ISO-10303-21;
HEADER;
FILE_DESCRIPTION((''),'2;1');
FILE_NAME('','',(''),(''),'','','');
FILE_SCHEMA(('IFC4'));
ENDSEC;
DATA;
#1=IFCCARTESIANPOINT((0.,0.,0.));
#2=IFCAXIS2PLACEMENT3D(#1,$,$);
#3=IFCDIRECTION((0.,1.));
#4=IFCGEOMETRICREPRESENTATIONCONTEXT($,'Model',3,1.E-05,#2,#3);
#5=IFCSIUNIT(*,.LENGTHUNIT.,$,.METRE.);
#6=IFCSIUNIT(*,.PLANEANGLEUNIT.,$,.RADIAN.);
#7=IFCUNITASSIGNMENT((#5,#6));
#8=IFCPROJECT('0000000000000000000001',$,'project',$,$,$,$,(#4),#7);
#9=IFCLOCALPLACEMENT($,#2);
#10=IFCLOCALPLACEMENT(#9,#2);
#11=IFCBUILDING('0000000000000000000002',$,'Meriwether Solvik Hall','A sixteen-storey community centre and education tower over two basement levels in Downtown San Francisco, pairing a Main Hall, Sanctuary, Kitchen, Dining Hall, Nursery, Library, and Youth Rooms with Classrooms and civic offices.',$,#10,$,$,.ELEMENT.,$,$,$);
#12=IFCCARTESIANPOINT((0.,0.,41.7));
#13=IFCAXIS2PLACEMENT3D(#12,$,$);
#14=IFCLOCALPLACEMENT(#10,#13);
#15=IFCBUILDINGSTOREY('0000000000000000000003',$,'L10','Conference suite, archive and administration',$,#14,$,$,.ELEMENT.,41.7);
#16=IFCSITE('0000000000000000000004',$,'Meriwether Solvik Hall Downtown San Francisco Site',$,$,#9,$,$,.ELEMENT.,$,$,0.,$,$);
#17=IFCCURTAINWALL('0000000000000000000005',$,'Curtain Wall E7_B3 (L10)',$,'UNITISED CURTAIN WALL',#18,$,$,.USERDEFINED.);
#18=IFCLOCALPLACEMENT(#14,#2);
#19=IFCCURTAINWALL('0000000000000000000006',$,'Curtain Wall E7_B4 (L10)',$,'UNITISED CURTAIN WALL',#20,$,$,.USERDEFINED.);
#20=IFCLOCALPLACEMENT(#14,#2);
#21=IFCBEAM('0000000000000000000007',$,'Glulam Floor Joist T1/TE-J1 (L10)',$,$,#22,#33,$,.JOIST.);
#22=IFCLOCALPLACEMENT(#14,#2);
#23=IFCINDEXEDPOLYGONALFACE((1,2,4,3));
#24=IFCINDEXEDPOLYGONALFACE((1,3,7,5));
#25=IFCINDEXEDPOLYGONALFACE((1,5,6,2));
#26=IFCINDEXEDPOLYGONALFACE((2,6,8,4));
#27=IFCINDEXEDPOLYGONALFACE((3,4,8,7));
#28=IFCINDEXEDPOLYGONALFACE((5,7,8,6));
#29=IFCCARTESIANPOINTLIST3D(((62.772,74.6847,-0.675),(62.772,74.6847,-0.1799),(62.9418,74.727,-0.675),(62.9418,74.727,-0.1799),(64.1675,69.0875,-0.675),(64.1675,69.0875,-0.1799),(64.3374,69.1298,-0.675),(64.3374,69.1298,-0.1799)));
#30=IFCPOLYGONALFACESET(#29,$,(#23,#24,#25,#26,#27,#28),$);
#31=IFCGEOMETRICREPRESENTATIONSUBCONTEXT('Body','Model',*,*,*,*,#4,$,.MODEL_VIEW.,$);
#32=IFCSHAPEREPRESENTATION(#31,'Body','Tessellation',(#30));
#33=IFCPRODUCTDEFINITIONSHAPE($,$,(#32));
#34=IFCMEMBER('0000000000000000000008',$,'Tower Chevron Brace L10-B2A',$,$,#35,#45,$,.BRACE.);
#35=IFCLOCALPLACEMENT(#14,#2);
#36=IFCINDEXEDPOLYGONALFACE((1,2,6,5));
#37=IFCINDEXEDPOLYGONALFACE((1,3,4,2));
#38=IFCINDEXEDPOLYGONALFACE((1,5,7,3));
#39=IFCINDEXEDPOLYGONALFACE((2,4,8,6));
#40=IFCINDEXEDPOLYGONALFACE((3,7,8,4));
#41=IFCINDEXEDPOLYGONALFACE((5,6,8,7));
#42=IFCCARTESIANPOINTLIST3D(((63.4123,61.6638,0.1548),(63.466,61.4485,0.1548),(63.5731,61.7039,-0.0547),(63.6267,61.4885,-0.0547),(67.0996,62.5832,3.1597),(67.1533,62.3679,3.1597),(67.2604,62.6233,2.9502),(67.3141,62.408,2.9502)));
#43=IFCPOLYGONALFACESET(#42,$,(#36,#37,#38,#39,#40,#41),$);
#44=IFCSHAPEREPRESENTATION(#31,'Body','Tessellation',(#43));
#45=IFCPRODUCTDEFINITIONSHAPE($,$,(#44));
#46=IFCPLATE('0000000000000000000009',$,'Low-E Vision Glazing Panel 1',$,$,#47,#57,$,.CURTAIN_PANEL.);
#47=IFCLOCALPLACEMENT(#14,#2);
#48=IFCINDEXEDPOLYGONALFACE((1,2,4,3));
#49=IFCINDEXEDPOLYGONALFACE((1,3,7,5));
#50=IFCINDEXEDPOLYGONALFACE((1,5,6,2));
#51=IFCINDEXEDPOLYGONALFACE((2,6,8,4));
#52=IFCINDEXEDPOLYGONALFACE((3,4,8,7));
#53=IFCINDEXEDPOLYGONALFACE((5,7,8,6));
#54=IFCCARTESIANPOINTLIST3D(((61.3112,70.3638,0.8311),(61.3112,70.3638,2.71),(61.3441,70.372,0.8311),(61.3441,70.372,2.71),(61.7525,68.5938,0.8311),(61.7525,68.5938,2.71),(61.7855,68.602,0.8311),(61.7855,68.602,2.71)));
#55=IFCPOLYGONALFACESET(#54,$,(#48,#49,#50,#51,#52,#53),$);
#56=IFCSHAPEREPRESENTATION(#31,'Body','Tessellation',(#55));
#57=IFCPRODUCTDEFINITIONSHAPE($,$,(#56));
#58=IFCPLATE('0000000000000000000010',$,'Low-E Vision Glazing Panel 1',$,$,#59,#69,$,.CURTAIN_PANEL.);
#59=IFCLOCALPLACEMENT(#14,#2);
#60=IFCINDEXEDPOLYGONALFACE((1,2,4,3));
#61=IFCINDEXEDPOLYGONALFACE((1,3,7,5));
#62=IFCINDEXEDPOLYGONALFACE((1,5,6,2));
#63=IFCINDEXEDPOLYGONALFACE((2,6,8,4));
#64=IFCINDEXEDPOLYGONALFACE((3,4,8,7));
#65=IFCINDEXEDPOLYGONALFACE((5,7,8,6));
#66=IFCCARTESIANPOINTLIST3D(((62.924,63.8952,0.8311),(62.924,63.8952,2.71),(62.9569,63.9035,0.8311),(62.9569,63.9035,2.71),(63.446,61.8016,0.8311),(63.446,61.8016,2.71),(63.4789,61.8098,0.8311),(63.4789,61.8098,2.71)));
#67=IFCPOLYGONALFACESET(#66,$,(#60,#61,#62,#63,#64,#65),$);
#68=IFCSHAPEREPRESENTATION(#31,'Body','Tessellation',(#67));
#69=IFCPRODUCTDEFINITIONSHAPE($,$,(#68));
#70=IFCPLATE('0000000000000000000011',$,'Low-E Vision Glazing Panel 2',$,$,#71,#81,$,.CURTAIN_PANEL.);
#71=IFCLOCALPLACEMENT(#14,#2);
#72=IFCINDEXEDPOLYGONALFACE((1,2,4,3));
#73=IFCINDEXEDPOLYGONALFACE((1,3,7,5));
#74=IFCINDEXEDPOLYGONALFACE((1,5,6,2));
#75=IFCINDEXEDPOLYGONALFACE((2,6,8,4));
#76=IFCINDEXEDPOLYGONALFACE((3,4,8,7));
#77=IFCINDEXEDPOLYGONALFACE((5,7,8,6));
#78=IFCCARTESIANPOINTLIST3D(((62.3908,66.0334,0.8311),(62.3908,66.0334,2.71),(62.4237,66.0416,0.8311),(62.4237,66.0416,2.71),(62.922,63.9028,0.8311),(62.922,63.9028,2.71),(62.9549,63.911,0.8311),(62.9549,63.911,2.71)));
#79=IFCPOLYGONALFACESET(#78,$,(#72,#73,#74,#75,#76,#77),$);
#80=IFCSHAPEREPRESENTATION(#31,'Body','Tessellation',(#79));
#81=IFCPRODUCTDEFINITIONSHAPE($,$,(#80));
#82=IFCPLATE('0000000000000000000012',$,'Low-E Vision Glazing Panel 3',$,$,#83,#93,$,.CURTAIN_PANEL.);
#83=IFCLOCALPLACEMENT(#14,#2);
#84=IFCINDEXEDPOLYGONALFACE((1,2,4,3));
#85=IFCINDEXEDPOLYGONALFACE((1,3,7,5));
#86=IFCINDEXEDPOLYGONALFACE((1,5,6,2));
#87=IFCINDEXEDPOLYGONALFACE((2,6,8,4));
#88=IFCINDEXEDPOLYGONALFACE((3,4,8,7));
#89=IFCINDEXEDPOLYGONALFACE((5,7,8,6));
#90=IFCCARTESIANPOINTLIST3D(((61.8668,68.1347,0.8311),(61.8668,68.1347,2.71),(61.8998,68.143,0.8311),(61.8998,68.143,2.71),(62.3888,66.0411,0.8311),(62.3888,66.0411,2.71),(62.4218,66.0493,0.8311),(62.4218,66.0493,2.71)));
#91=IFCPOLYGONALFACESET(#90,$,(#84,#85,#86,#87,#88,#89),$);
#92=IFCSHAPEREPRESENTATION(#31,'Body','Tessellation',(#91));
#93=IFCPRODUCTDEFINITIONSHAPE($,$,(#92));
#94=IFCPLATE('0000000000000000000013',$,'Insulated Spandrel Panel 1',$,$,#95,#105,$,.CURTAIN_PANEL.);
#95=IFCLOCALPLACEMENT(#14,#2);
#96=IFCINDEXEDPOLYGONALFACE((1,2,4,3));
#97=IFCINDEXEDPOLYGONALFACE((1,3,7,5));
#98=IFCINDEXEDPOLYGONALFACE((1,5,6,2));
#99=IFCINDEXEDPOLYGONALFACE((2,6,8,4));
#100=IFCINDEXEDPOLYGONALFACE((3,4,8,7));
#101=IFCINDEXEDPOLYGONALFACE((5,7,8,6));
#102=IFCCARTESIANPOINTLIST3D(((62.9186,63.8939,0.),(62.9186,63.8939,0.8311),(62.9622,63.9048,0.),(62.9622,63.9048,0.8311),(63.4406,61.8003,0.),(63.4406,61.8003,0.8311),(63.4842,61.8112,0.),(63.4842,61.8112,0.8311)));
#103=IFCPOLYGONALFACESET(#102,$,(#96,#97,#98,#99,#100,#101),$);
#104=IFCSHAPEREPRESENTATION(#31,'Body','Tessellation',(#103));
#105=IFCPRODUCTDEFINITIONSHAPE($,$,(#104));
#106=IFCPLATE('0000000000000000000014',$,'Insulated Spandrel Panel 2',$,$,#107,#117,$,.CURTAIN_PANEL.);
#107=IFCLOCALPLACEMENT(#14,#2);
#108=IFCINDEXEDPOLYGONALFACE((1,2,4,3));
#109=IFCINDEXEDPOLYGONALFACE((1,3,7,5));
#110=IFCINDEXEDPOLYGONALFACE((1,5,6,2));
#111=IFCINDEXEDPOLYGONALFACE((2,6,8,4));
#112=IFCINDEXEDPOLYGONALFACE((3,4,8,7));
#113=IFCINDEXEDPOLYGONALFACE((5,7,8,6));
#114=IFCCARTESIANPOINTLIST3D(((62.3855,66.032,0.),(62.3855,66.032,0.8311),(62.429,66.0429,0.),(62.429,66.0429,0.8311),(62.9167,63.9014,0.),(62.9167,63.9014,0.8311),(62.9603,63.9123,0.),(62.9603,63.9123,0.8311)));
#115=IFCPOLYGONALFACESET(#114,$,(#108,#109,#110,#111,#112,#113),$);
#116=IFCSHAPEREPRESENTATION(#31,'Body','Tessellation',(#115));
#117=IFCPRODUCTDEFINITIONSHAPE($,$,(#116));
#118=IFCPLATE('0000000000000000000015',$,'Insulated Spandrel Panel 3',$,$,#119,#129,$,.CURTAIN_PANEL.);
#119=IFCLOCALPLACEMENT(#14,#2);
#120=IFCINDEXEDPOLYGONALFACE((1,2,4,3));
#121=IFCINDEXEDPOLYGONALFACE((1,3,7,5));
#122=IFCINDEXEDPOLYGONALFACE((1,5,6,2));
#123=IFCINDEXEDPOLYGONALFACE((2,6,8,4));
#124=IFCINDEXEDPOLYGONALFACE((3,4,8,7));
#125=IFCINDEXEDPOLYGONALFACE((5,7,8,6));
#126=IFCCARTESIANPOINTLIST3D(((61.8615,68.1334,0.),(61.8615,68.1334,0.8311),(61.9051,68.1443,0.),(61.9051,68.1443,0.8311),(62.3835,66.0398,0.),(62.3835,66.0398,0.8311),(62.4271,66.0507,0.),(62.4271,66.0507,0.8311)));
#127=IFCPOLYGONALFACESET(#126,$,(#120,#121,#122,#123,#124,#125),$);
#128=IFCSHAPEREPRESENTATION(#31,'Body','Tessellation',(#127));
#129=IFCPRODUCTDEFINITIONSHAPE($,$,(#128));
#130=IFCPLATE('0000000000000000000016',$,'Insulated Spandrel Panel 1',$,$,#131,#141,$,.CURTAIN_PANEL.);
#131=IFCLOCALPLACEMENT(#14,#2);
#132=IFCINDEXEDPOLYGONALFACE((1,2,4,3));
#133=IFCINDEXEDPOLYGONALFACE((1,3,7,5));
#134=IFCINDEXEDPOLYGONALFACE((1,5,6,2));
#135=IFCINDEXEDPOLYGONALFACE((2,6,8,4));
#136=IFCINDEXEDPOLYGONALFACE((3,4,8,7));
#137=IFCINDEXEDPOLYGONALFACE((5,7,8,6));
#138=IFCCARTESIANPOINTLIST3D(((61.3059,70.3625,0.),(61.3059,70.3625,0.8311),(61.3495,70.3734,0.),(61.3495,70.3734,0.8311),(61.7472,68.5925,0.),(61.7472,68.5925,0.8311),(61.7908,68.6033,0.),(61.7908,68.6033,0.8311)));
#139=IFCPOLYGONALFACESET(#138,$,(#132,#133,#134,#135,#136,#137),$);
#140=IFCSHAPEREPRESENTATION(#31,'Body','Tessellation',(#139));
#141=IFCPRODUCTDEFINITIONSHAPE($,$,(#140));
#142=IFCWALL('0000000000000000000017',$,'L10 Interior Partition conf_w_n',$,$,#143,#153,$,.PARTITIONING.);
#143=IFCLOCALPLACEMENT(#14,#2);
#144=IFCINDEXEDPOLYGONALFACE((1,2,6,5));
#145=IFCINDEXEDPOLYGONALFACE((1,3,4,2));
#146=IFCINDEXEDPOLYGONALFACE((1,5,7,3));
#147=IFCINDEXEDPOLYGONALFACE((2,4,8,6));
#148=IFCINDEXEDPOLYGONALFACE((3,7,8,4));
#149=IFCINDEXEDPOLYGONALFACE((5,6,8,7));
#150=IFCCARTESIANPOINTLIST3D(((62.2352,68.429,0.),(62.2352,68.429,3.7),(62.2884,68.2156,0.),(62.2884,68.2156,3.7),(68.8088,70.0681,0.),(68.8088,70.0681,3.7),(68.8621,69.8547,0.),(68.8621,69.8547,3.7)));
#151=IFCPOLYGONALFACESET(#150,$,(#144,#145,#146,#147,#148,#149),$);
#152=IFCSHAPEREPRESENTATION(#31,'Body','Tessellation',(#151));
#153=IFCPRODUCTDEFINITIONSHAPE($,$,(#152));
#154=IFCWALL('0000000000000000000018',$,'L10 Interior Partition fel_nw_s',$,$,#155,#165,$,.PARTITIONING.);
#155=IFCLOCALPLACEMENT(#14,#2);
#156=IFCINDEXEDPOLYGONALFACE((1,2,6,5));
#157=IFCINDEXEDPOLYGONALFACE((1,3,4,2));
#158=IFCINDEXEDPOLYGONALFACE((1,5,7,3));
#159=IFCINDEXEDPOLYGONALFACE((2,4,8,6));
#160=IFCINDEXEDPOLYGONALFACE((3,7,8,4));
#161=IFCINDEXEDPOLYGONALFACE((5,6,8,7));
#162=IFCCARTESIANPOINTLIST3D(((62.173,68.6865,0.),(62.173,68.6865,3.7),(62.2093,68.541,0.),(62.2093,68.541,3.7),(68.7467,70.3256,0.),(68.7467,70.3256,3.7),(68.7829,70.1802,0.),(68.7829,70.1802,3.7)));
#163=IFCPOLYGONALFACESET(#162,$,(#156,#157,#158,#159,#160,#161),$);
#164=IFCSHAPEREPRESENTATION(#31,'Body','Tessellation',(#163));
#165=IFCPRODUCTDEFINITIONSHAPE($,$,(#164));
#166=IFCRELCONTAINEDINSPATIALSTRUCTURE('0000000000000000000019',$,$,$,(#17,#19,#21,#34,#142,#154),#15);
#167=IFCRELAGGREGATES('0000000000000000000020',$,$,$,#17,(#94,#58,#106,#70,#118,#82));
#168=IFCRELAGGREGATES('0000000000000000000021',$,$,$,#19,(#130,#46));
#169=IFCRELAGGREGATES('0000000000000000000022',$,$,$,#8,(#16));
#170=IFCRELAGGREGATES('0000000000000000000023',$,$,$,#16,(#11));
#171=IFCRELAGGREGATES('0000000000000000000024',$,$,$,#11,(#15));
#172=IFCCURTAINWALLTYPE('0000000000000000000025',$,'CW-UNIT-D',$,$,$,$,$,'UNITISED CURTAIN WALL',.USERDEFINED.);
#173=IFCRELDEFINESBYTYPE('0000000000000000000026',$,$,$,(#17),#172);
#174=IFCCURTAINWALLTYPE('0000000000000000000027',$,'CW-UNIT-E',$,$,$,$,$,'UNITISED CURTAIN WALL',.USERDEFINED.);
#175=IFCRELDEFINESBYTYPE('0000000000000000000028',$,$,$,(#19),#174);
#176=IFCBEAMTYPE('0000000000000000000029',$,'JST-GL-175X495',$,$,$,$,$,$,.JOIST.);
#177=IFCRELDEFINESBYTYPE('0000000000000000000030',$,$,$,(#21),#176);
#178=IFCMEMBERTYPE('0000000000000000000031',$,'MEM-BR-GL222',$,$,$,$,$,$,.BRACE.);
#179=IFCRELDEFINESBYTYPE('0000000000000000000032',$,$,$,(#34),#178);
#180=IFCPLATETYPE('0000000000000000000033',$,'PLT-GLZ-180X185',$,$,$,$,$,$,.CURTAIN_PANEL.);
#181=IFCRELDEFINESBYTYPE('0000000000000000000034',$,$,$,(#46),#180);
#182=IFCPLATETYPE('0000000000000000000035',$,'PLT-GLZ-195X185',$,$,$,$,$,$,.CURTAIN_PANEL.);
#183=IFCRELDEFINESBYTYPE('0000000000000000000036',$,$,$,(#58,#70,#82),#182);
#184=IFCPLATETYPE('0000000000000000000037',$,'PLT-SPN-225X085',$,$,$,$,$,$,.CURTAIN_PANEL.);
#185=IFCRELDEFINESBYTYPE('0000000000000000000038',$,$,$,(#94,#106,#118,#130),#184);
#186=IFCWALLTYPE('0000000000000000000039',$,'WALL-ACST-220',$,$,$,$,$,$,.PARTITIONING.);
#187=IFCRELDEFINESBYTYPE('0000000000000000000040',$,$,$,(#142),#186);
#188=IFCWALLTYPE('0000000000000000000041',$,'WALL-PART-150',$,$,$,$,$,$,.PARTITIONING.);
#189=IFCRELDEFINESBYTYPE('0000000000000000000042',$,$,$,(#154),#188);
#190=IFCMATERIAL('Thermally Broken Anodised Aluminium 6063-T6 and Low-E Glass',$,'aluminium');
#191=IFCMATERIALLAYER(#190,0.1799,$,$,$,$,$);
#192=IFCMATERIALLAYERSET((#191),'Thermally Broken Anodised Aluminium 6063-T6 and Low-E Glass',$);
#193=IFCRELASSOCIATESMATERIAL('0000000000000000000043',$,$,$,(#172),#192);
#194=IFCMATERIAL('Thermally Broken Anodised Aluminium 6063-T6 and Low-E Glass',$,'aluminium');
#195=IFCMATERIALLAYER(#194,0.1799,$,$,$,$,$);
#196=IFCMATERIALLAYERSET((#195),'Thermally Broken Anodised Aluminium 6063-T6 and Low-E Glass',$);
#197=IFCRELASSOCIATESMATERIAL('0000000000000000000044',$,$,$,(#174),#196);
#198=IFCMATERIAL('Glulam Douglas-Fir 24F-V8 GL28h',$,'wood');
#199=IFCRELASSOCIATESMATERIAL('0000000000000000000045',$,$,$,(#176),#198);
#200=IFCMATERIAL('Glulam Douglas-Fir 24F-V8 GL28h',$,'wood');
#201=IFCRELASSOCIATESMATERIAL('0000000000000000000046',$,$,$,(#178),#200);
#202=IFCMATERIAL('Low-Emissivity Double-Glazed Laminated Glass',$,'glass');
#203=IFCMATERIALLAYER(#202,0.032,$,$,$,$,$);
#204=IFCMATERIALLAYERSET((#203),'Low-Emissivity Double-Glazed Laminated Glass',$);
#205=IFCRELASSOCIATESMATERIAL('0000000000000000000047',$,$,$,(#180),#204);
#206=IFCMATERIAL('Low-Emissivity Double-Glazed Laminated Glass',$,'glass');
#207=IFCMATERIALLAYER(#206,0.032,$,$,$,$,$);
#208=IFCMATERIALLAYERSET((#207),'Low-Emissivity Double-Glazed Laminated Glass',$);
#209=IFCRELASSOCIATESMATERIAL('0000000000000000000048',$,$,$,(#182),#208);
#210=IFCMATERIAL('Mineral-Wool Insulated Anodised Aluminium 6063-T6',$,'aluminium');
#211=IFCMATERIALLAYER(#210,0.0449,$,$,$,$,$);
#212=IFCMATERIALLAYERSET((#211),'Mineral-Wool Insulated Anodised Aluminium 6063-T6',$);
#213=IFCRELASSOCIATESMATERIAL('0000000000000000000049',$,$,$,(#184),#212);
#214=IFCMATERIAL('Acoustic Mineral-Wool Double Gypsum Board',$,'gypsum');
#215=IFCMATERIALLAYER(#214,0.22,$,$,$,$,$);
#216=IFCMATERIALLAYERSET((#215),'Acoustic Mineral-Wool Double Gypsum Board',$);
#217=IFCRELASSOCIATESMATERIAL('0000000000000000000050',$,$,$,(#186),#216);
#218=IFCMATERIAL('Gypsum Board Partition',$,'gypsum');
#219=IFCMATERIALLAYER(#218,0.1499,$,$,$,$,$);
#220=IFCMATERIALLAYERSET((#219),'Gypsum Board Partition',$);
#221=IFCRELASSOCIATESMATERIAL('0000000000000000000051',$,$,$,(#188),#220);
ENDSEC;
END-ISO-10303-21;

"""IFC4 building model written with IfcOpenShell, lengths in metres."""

from ifc_helpers import new_model, si_unit, direction, frame, frame_2d, origin, origin_2d, place, context, subcontext, project, spatial, rectangle, extrude, material, layer, layer_set, material_profile, profile_set, type_object, element, aggregate, save


model = new_model("IFC4")

# Units and contexts
model_context = context("Model", 3, precision=1e-05, world=origin(), true_north=direction((0.0, 1.0)))
body_context = subcontext(model_context, "Body", "Model", "MODEL_VIEW")
ifc_project = project(units=[si_unit("LENGTHUNIT", "METRE"), si_unit("PLANEANGLEUNIT", "RADIAN")], contexts=[model_context])

# Site, building, storey
site_placement = place(None, origin())
site = spatial("IfcSite", under=ifc_project, at=site_placement, Name="Meriwether Solvik Hall Downtown San Francisco Site", CompositionType="ELEMENT", RefElevation=0.0)
building_placement = place(site_placement, origin())
building = spatial("IfcBuilding", under=site, at=building_placement, Name="Meriwether Solvik Hall", Description="A sixteen-storey community centre and education tower over two basement levels in Downtown San Francisco, pairing a Main Hall, Sanctuary, Kitchen, Dining Hall, Nursery, Library, and Youth Rooms with Classrooms and civic offices.", CompositionType="ELEMENT")
storey_placement = place(building_placement, frame((0.0, 0.0, 41.7)))
storey = spatial("IfcBuildingStorey", under=building, at=storey_placement, Name="L10", Description="Conference suite, archive and administration", CompositionType="ELEMENT", Elevation=41.7)

# Curtain walls
ifc_material_1 = material(Name="Thermally Broken Anodised Aluminium 6063-T6 and Low-E Glass", Category="aluminium")
ifc_layer_1 = layer(ifc_material_1, 0.1799)
ifc_layer_set_1 = layer_set([ifc_layer_1], Name="Thermally Broken Anodised Aluminium 6063-T6 and Low-E Glass")
curtain_wall_type_1 = type_object("IfcCurtainWallType", Name="CW-UNIT-D", ElementType="UNITISED CURTAIN WALL", PredefinedType="USERDEFINED", material=ifc_layer_set_1)
curtain_wall_1_placement = place(storey_placement, origin())
curtain_wall_1 = element("IfcCurtainWall", 1, at=curtain_wall_1_placement, inside=storey, type_object=curtain_wall_type_1, Name="Curtain Wall E7_B3 (L10)", ObjectType="UNITISED CURTAIN WALL", PredefinedType="USERDEFINED")
ifc_material_2 = material(Name="Thermally Broken Anodised Aluminium 6063-T6 and Low-E Glass", Category="aluminium")
ifc_layer_2 = layer(ifc_material_2, 0.1799)
ifc_layer_set_2 = layer_set([ifc_layer_2], Name="Thermally Broken Anodised Aluminium 6063-T6 and Low-E Glass")
curtain_wall_type_2 = type_object("IfcCurtainWallType", Name="CW-UNIT-E", ElementType="UNITISED CURTAIN WALL", PredefinedType="USERDEFINED", material=ifc_layer_set_2)
curtain_wall_2_placement = place(storey_placement, origin())
curtain_wall_2 = element("IfcCurtainWall", 2, at=curtain_wall_2_placement, inside=storey, type_object=curtain_wall_type_2, Name="Curtain Wall E7_B4 (L10)", ObjectType="UNITISED CURTAIN WALL", PredefinedType="USERDEFINED")

# Beam
ifc_material_3 = material(Name="Glulam Douglas-Fir 24F-V8 GL28h", Category="wood")
ifc_material_profile_1 = material_profile(ifc_material_3, rectangle(XDim=0.175, YDim=0.4951, at=origin_2d()), Name="GLJ-175X495")
ifc_profile_set_1 = profile_set([ifc_material_profile_1], Name="Glulam Douglas-Fir 24F-V8 GL28h")
beam_type_1 = type_object("IfcBeamType", Name="JST-GL-175X495", PredefinedType="JOIST", material=ifc_profile_set_1)
beam_1_placement = place(storey_placement, frame((64.2524, 69.1086, -0.4275), z_axis=(-0.241918, 0.970297, 0.0), x_axis=(-0.970297, -0.241918, 0.0)))
element("IfcBeam", 3, at=beam_1_placement, inside=storey, type_object=beam_type_1, Name="Glulam Floor Joist T1/TE-J1 (L10)", PredefinedType="JOIST", context=body_context, shape_type="SweptSolid", body=[
    extrude(rectangle(XDim=0.175, YDim=0.4951, at=origin_2d()), origin(), (0.0, 0.0, 1.0), 5.7686),
])

# Member
ifc_material_4 = material(Name="Glulam Douglas-Fir 24F-V8 GL28h", Category="wood")
ifc_material_profile_2 = material_profile(ifc_material_4, rectangle(XDim=0.2219, YDim=0.2671, at=origin_2d()), Name="GLM-222X267")
ifc_profile_set_2 = profile_set([ifc_material_profile_2], Name="Glulam Douglas-Fir 24F-V8 GL28h")
member_type_1 = type_object("IfcMemberType", Name="MEM-BR-GL222", PredefinedType="BRACE", material=ifc_profile_set_2)
member_1_placement = place(storey_placement, frame((63.5195, 61.5762, 0.05), z_axis=(0.7611, 0.189784, 0.620249), x_axis=(-0.241946, 0.97029, 0.0)))
element("IfcMember", 4, at=member_1_placement, inside=storey, type_object=member_type_1, Name="Tower Chevron Brace L10-B2A", PredefinedType="BRACE", context=body_context, shape_type="SweptSolid", body=[
    extrude(rectangle(XDim=0.2219, YDim=0.2671, at=origin_2d()), origin(), (0.0, 0.0, 1.0), 4.8447),
])

# Plates
ifc_material_5 = material(Name="Low-Emissivity Double-Glazed Laminated Glass", Category="glass")
ifc_layer_3 = layer(ifc_material_5, 0.032)
ifc_layer_set_3 = layer_set([ifc_layer_3], Name="Low-Emissivity Double-Glazed Laminated Glass")
plate_type_1 = type_object("IfcPlateType", Name="PLT-GLZ-180X185", PredefinedType="CURTAIN_PANEL", material=ifc_layer_set_3)
plate_1_placement = place(storey_placement, frame((61.5483, 69.4829, 0.8311), z_axis=(0.0, 0.0, 1.0), x_axis=(-0.241922, 0.970296, 0.0)))
plate_1 = element("IfcPlate", 5, at=plate_1_placement, type_object=plate_type_1, Name="Low-E Vision Glazing Panel 1", PredefinedType="CURTAIN_PANEL", context=body_context, shape_type="SweptSolid", body=[
    extrude(rectangle(XDim=1.8242, YDim=0.0339, at=origin_2d()), origin(), (0.0, 0.0, 1.0), 1.8789),
])
ifc_material_6 = material(Name="Low-Emissivity Double-Glazed Laminated Glass", Category="glass")
ifc_layer_4 = layer(ifc_material_6, 0.032)
ifc_layer_set_4 = layer_set([ifc_layer_4], Name="Low-Emissivity Double-Glazed Laminated Glass")
plate_type_2 = type_object("IfcPlateType", Name="PLT-GLZ-195X185", PredefinedType="CURTAIN_PANEL", material=ifc_layer_set_4)
plate_2_placement = place(storey_placement, frame((63.2014, 62.8525, 0.8311), z_axis=(0.0, 0.0, 1.0), x_axis=(-0.241922, 0.970296, 0.0)))
plate_2 = element("IfcPlate", 6, at=plate_2_placement, type_object=plate_type_2, Name="Low-E Vision Glazing Panel 1", PredefinedType="CURTAIN_PANEL", context=body_context, shape_type="SweptSolid", body=[
    extrude(rectangle(XDim=2.1577, YDim=0.0339, at=origin_2d()), origin(), (0.0, 0.0, 1.0), 1.8789),
])
plate_3_placement = place(storey_placement, frame((62.6729, 64.9722, 0.8311), z_axis=(0.0, 0.0, 1.0), x_axis=(-0.241922, 0.970296, 0.0)))
plate_3 = element("IfcPlate", 7, at=plate_3_placement, type_object=plate_type_2, Name="Low-E Vision Glazing Panel 2", PredefinedType="CURTAIN_PANEL", context=body_context, shape_type="SweptSolid", body=[
    extrude(rectangle(XDim=2.1958, YDim=0.0339, at=origin_2d()), origin(), (0.0, 0.0, 1.0), 1.8789),
])
plate_4_placement = place(storey_placement, frame((62.1443, 67.092, 0.8311), z_axis=(0.0, 0.0, 1.0), x_axis=(-0.241922, 0.970296, 0.0)))
plate_4 = element("IfcPlate", 8, at=plate_4_placement, type_object=plate_type_2, Name="Low-E Vision Glazing Panel 3", PredefinedType="CURTAIN_PANEL", context=body_context, shape_type="SweptSolid", body=[
    extrude(rectangle(XDim=2.1577, YDim=0.0339, at=origin_2d()), origin(), (0.0, 0.0, 1.0), 1.8789),
])
ifc_material_7 = material(Name="Mineral-Wool Insulated Anodised Aluminium 6063-T6", Category="aluminium")
ifc_layer_5 = layer(ifc_material_7, 0.0449)
ifc_layer_set_5 = layer_set([ifc_layer_5], Name="Mineral-Wool Insulated Anodised Aluminium 6063-T6")
plate_type_3 = type_object("IfcPlateType", Name="PLT-SPN-225X085", PredefinedType="CURTAIN_PANEL", material=ifc_layer_set_5)
plate_5_placement = place(storey_placement, frame((63.2014, 62.8525, 0.0), z_axis=(0.0, 0.0, 1.0), x_axis=(-0.241922, 0.970296, 0.0)))
plate_5 = element("IfcPlate", 9, at=plate_5_placement, type_object=plate_type_3, Name="Insulated Spandrel Panel 1", PredefinedType="CURTAIN_PANEL", context=body_context, shape_type="SweptSolid", body=[
    extrude(rectangle(XDim=2.1577, YDim=0.0449, at=origin_2d()), origin(), (0.0, 0.0, 1.0), 0.8311),
])
plate_6_placement = place(storey_placement, frame((62.6729, 64.9722, 0.0), z_axis=(0.0, 0.0, 1.0), x_axis=(-0.241922, 0.970296, 0.0)))
plate_6 = element("IfcPlate", 10, at=plate_6_placement, type_object=plate_type_3, Name="Insulated Spandrel Panel 2", PredefinedType="CURTAIN_PANEL", context=body_context, shape_type="SweptSolid", body=[
    extrude(rectangle(XDim=2.1958, YDim=0.0449, at=origin_2d()), origin(), (0.0, 0.0, 1.0), 0.8311),
])
plate_7_placement = place(storey_placement, frame((62.1443, 67.092, 0.0), z_axis=(0.0, 0.0, 1.0), x_axis=(-0.241922, 0.970296, 0.0)))
plate_7 = element("IfcPlate", 11, at=plate_7_placement, type_object=plate_type_3, Name="Insulated Spandrel Panel 3", PredefinedType="CURTAIN_PANEL", context=body_context, shape_type="SweptSolid", body=[
    extrude(rectangle(XDim=2.1577, YDim=0.0449, at=origin_2d()), origin(), (0.0, 0.0, 1.0), 0.8311),
])
aggregate(curtain_wall_1, [plate_5, plate_2, plate_6, plate_3, plate_7, plate_4])
plate_8_placement = place(storey_placement, frame((61.5483, 69.4829, 0.0), z_axis=(0.0, 0.0, 1.0), x_axis=(-0.241922, 0.970296, 0.0)))
plate_8 = element("IfcPlate", 12, at=plate_8_placement, type_object=plate_type_3, Name="Insulated Spandrel Panel 1", PredefinedType="CURTAIN_PANEL", context=body_context, shape_type="SweptSolid", body=[
    extrude(rectangle(XDim=1.8242, YDim=0.0449, at=origin_2d()), origin(), (0.0, 0.0, 1.0), 0.8311),
])
aggregate(curtain_wall_2, [plate_8, plate_1])

# Walls
ifc_material_8 = material(Name="Acoustic Mineral-Wool Double Gypsum Board", Category="gypsum")
ifc_layer_6 = layer(ifc_material_8, 0.22)
ifc_layer_set_6 = layer_set([ifc_layer_6], Name="Acoustic Mineral-Wool Double Gypsum Board")
wall_type_1 = type_object("IfcWallType", Name="WALL-ACST-220", PredefinedType="PARTITIONING", material=ifc_layer_set_6)
wall_1_placement = place(storey_placement, frame((68.8354, 69.9614, 0.0), z_axis=(0.0, 0.0, 1.0), x_axis=(-0.970291, -0.241942, 0.0)))
element("IfcWall", 13, at=wall_1_placement, inside=storey, type_object=wall_type_1, Name="L10 Interior Partition conf_w_n", PredefinedType="PARTITIONING", context=body_context, shape_type="SweptSolid", body=[
    extrude(rectangle(XDim=6.7749, YDim=0.22, at=frame_2d((3.3875, 0.0))), origin(), (0.0, 0.0, 1.0), 3.7),
])
ifc_material_9 = material(Name="Gypsum Board Partition", Category="gypsum")
ifc_layer_7 = layer(ifc_material_9, 0.1499)
ifc_layer_set_7 = layer_set([ifc_layer_7], Name="Gypsum Board Partition")
wall_type_2 = type_object("IfcWallType", Name="WALL-PART-150", PredefinedType="PARTITIONING", material=ifc_layer_set_7)
wall_2_placement = place(storey_placement, frame((62.1912, 68.6138, 0.0), z_axis=(0.0, 0.0, 1.0), x_axis=(0.970291, 0.241942, 0.0)))
element("IfcWall", 14, at=wall_2_placement, inside=storey, type_object=wall_type_2, Name="L10 Interior Partition fel_nw_s", PredefinedType="PARTITIONING", context=body_context, shape_type="SweptSolid", body=[
    extrude(rectangle(XDim=6.7749, YDim=0.1499, at=frame_2d((3.3875, 0.0))), origin(), (0.0, 0.0, 1.0), 3.7),
])

save(model, "model.ifc")
